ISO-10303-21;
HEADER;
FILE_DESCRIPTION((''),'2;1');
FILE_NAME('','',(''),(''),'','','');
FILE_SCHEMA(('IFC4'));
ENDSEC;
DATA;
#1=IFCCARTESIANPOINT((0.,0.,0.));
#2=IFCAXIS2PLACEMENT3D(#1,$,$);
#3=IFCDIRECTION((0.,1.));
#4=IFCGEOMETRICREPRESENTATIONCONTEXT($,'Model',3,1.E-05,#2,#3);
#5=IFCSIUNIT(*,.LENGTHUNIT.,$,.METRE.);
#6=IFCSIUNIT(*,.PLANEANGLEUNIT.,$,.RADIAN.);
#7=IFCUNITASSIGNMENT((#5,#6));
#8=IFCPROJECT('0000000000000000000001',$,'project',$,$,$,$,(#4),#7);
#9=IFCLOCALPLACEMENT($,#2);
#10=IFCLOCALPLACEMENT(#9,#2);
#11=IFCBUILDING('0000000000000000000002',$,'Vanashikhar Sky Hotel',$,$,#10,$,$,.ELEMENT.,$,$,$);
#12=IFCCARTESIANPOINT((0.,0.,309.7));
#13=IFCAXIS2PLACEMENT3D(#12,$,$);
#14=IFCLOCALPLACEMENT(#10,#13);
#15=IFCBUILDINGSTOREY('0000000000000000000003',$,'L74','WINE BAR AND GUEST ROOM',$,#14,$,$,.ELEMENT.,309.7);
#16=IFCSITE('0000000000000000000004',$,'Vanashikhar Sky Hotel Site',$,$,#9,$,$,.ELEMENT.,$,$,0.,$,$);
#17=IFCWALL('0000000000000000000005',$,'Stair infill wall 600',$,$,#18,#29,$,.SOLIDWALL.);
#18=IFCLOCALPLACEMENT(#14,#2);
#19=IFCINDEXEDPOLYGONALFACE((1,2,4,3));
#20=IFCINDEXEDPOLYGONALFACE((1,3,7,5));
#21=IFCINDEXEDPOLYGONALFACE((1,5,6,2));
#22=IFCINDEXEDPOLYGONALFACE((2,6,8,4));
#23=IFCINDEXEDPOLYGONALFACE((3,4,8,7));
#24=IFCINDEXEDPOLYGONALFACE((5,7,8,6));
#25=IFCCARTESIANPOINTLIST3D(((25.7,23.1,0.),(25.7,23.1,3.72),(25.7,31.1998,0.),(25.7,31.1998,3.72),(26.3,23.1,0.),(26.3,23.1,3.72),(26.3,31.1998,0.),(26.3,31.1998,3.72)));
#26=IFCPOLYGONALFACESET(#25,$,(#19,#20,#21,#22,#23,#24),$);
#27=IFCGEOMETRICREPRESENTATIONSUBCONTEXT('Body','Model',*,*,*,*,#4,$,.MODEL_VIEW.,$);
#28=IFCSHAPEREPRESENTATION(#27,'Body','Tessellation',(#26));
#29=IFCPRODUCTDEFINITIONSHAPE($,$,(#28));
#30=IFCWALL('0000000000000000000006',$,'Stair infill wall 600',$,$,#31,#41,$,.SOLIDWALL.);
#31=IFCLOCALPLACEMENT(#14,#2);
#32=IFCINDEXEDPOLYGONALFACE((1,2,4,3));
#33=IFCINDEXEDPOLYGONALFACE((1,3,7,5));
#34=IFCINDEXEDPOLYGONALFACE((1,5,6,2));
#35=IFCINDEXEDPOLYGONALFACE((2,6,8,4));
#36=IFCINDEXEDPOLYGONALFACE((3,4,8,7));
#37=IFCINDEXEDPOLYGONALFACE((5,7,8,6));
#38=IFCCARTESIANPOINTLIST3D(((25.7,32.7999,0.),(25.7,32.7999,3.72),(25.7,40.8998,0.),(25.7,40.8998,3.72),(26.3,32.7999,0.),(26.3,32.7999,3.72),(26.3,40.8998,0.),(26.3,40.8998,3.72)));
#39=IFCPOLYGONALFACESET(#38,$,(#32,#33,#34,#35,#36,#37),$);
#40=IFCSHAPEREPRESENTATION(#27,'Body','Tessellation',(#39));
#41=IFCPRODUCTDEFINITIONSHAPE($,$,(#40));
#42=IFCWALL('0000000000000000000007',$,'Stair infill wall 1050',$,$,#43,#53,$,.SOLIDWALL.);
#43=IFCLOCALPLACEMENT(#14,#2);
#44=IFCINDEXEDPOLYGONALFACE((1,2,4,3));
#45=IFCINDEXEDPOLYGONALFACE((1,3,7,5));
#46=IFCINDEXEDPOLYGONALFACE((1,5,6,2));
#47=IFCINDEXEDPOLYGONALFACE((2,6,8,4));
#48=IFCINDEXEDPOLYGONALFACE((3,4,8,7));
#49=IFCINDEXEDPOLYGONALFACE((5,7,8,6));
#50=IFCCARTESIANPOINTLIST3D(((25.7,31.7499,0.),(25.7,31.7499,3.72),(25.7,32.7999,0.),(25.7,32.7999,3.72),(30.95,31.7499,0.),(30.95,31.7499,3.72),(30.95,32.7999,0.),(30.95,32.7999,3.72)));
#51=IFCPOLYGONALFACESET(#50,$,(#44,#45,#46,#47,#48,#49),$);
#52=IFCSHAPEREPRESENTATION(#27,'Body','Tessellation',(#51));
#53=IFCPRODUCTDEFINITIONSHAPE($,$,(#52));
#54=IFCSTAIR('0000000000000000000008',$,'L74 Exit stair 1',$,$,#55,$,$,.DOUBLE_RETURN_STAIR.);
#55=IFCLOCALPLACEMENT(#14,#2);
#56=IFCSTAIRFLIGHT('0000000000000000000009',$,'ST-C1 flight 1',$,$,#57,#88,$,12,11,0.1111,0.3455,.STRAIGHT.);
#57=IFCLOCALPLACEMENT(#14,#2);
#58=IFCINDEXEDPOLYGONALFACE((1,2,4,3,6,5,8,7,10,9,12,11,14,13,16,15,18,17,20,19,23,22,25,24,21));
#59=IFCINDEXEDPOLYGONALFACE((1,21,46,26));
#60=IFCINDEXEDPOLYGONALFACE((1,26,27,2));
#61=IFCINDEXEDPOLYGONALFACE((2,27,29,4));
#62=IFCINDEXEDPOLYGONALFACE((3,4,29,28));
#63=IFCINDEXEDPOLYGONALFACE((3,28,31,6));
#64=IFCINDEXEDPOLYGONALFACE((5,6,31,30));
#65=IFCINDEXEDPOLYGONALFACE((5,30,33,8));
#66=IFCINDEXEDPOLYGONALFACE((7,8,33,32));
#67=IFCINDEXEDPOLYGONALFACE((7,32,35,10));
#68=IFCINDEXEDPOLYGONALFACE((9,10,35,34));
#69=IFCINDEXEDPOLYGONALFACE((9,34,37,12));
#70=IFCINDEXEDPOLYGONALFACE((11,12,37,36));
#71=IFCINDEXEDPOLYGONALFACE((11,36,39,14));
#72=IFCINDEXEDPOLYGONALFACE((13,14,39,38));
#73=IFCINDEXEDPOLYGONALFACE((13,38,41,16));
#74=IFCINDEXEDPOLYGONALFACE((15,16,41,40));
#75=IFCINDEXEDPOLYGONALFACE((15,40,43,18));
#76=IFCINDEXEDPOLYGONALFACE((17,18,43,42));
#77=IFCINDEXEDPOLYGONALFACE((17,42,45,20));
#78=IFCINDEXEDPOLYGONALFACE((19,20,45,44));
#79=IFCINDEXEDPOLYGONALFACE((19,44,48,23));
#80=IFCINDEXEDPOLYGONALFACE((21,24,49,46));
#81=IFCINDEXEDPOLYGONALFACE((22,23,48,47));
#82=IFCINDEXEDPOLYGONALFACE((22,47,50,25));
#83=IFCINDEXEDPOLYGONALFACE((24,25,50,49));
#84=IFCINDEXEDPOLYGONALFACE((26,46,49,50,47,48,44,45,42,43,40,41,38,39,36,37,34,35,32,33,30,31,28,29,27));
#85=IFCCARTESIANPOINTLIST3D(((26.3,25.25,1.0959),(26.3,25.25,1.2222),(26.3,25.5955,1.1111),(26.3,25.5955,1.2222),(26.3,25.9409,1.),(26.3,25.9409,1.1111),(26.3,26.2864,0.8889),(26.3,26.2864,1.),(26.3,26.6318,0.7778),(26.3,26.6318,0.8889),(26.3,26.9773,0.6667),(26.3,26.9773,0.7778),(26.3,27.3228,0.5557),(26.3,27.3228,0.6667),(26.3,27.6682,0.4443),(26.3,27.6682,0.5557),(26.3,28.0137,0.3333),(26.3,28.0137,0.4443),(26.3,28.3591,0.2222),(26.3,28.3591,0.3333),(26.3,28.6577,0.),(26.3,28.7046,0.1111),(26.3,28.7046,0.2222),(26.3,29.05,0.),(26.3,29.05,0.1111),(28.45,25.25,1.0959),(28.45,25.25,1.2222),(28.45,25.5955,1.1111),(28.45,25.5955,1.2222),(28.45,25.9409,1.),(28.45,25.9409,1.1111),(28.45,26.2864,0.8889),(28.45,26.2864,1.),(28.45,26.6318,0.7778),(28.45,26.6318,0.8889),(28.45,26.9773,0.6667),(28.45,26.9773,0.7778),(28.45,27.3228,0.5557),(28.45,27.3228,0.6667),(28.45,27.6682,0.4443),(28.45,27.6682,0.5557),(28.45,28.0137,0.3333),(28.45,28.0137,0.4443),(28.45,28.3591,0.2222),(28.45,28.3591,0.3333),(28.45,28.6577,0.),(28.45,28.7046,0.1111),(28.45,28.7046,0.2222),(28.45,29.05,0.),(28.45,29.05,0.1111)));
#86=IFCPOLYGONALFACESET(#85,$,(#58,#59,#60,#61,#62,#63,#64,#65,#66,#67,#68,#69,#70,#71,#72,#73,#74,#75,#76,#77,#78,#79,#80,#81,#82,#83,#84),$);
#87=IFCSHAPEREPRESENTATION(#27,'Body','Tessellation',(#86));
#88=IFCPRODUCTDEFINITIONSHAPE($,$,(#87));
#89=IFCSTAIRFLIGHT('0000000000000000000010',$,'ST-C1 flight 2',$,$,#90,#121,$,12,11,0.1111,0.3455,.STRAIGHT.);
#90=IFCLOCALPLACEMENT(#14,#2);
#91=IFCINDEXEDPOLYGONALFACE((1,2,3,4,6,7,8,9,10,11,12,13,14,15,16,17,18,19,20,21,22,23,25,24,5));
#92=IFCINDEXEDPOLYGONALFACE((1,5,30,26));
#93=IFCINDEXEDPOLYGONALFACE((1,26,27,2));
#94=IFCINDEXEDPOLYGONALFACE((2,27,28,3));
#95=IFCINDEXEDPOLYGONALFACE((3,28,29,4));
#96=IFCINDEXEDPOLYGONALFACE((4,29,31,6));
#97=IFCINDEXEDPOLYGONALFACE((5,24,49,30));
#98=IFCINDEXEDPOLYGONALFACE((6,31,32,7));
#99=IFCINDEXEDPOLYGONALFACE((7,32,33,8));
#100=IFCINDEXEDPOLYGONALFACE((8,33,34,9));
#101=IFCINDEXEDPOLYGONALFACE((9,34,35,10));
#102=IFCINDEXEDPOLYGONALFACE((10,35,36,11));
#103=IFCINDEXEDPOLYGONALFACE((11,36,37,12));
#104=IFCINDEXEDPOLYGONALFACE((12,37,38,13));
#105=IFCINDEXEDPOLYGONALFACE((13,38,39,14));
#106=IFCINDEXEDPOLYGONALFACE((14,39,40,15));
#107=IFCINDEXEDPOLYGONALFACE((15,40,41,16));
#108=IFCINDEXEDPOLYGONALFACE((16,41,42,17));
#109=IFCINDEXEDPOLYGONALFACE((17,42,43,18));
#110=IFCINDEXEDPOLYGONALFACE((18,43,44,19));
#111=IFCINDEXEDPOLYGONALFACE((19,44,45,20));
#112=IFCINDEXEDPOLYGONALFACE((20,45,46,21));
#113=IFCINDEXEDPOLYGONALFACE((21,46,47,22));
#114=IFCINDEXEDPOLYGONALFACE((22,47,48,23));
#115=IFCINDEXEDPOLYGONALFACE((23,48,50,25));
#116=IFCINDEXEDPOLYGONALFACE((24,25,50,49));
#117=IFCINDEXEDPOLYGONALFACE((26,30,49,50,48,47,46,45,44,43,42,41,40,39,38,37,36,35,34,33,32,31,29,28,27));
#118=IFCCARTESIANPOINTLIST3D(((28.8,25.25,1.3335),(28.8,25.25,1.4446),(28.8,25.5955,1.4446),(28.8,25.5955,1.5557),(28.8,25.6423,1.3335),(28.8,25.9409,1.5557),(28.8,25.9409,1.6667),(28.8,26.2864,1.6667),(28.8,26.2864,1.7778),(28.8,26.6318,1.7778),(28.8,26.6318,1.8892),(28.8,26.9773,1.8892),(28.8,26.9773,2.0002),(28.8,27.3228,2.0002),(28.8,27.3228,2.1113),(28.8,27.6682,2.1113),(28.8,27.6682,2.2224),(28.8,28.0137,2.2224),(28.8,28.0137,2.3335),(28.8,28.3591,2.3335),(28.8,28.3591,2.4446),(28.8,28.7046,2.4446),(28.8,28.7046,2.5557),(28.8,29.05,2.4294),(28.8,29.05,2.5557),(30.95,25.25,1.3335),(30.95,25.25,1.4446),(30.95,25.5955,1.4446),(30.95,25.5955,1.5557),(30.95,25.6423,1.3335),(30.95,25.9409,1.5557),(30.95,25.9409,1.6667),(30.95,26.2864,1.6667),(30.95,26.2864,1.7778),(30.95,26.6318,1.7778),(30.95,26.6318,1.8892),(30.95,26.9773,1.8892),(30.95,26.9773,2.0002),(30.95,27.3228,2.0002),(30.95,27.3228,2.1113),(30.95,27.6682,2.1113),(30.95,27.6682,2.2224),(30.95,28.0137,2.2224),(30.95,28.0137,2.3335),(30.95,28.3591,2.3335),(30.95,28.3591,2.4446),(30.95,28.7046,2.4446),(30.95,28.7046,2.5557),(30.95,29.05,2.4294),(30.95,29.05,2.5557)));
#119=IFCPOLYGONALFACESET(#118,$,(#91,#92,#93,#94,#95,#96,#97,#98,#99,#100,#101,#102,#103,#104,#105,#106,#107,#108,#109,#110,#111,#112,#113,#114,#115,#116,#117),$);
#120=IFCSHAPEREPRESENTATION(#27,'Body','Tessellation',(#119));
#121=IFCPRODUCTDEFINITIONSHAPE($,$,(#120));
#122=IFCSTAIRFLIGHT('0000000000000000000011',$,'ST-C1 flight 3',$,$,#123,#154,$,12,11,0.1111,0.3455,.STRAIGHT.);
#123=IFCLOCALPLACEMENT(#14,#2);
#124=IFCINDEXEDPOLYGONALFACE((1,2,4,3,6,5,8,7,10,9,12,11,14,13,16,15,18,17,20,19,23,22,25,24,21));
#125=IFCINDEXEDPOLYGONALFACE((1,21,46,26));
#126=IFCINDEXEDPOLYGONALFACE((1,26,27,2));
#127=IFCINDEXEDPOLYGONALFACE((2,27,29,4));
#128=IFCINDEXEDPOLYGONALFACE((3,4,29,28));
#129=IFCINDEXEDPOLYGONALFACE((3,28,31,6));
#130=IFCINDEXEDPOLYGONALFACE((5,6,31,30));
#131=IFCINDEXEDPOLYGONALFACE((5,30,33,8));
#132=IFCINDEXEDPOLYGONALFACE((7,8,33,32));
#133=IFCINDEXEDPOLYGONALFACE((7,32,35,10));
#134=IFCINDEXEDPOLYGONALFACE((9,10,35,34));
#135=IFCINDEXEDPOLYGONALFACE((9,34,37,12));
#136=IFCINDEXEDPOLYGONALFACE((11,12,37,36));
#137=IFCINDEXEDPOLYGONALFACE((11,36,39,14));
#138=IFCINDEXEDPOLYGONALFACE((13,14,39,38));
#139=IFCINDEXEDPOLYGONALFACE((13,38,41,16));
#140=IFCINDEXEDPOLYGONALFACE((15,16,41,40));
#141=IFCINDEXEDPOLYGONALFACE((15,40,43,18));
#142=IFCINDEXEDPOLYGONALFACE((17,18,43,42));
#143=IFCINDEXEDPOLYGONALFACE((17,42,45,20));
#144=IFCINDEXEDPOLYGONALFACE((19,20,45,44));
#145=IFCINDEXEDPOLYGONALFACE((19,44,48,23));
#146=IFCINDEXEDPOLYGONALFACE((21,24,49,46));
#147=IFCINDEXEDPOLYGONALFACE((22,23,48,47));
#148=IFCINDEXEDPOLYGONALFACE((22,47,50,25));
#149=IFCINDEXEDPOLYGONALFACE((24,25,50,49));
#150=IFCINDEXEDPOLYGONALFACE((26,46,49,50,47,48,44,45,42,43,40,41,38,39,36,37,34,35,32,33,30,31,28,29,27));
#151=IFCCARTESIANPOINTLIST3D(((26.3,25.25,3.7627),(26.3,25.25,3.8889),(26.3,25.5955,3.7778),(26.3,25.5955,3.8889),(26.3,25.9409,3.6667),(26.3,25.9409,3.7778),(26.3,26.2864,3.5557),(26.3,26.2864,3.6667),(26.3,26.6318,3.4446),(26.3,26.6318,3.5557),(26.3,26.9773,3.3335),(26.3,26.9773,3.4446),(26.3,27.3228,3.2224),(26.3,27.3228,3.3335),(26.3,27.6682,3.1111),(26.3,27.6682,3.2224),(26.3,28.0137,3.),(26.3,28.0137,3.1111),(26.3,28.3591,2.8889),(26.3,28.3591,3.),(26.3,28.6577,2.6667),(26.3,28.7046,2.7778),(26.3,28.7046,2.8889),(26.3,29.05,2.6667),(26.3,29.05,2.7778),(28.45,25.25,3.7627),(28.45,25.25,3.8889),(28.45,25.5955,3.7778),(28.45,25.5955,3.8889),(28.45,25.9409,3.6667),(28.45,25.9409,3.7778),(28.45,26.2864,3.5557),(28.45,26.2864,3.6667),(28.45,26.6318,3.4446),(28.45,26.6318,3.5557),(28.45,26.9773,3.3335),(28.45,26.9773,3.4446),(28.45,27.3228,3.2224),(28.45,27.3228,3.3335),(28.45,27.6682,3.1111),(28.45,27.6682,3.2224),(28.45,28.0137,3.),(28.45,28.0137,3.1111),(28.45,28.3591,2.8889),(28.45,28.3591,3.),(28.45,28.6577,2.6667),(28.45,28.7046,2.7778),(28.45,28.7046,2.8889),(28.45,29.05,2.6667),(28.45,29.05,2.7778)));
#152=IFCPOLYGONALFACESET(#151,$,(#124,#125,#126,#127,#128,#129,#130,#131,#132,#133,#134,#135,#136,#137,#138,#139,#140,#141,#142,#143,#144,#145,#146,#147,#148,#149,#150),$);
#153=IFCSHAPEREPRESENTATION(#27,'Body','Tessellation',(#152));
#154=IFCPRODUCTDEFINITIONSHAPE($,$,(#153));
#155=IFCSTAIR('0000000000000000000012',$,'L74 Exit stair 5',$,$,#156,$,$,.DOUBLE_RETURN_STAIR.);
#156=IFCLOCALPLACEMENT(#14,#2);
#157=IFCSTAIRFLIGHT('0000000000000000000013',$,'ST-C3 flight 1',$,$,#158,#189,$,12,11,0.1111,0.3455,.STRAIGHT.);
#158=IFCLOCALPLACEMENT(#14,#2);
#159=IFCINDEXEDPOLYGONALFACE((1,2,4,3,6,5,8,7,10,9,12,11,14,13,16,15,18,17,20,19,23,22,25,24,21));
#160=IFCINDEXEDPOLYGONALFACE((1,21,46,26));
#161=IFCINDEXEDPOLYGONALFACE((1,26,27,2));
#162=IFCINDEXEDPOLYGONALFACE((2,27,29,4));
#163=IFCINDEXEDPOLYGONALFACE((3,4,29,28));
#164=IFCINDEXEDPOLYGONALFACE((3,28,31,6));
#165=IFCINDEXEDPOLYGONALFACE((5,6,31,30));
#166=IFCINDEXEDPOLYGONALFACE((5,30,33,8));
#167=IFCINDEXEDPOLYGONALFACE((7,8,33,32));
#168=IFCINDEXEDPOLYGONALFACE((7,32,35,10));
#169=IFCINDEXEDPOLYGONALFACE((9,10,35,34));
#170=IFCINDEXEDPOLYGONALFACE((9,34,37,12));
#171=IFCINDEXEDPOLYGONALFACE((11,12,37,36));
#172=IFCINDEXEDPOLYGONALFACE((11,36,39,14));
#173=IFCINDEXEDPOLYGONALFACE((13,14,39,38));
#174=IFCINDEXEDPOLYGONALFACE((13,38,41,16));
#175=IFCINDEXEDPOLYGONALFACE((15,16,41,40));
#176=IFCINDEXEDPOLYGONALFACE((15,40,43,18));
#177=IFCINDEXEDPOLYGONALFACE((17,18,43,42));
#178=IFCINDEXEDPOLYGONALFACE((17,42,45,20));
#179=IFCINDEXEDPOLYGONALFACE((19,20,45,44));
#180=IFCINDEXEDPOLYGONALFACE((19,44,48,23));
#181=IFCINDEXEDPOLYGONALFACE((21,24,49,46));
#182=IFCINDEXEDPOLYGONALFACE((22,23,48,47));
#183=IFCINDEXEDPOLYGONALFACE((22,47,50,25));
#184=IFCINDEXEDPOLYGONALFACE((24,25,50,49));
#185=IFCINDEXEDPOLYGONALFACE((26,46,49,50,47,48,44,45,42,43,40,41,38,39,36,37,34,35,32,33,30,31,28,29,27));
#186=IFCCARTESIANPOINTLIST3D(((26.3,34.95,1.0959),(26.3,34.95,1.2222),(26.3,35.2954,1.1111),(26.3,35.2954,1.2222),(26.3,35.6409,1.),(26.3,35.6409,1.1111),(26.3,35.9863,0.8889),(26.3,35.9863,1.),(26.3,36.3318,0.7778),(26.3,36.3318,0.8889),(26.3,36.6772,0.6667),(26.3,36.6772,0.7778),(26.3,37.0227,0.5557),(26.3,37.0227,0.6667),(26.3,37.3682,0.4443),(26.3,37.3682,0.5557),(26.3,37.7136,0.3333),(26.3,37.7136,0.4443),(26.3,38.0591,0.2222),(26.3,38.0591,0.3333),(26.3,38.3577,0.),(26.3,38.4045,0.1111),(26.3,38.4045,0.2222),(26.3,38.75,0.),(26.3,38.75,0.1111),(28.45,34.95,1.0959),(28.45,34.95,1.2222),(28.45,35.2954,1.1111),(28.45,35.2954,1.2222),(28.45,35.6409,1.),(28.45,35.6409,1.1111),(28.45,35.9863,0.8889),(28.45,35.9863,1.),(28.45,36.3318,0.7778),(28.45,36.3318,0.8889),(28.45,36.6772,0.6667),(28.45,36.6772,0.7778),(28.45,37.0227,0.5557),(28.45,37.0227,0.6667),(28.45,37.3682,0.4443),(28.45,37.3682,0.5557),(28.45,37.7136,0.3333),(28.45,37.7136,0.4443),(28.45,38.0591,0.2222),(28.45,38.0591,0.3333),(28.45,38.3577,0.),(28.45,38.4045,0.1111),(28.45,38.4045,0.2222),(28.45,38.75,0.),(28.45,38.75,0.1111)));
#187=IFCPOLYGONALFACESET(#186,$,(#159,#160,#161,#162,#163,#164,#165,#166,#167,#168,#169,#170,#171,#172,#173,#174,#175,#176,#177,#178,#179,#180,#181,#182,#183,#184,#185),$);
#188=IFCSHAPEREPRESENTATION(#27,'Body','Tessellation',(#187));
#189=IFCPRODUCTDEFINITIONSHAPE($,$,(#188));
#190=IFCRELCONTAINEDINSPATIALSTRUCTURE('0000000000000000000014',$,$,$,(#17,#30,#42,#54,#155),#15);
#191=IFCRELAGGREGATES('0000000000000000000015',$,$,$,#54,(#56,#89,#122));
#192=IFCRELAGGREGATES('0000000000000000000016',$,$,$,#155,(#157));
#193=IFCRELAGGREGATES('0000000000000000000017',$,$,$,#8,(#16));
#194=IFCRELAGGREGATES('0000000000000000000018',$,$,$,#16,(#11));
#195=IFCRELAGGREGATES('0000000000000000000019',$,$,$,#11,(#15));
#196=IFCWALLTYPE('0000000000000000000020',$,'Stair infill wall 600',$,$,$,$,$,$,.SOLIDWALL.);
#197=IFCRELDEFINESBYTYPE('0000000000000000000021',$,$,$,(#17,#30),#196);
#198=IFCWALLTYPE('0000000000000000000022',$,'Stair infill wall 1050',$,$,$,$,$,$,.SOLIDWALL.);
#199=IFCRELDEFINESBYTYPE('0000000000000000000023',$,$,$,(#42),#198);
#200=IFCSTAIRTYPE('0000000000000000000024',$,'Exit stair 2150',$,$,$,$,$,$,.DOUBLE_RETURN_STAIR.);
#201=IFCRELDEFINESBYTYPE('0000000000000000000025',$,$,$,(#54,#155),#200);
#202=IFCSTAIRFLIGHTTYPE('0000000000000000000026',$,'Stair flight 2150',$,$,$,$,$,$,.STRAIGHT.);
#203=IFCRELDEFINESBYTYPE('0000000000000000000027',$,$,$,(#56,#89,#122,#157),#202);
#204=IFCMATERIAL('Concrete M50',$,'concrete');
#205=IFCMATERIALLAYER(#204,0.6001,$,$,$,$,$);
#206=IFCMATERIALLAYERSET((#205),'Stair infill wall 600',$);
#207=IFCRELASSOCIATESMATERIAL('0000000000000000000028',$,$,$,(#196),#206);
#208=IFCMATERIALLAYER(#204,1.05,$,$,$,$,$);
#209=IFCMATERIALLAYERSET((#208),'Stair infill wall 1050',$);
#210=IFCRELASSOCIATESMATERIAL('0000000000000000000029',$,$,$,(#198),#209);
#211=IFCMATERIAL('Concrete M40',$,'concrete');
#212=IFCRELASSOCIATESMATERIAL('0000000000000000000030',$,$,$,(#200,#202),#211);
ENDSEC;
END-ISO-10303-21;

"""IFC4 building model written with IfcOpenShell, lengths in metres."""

from ifc_helpers import new_model, si_unit, direction, frame, frame_2d, origin, place, context, subcontext, project, spatial, polyline, rectangle, outline, extrude, source, transform, mapped, material, layer, layer_set, type_object, element, aggregate, save


model = new_model("IFC4")

# Units and contexts
model_context = context("Model", 3, precision=1e-05, world=origin(), true_north=direction((0.0, 1.0)))
body_context = subcontext(model_context, "Body", "Model", "MODEL_VIEW")
ifc_project = project(units=[si_unit("LENGTHUNIT", "METRE"), si_unit("PLANEANGLEUNIT", "RADIAN")], contexts=[model_context])

# Site, building, storey
site_placement = place(None, origin())
site = spatial("IfcSite", under=ifc_project, at=site_placement, Name="Vanashikhar Sky Hotel Site", CompositionType="ELEMENT", RefElevation=0.0)
building_placement = place(site_placement, origin())
building = spatial("IfcBuilding", under=site, at=building_placement, Name="Vanashikhar Sky Hotel", CompositionType="ELEMENT")
storey_placement = place(building_placement, frame((0.0, 0.0, 309.7)))
storey = spatial("IfcBuildingStorey", under=building, at=storey_placement, Name="L74", Description="WINE BAR AND GUEST ROOM", CompositionType="ELEMENT", Elevation=309.7)

# Walls
ifc_material_1 = material(Name="Concrete M50", Category="concrete")
ifc_layer_1 = layer(ifc_material_1, 0.6001)
ifc_layer_set_1 = layer_set([ifc_layer_1], Name="Stair infill wall 600")
wall_type_1 = type_object("IfcWallType", Name="Stair infill wall 600", PredefinedType="SOLIDWALL", material=ifc_layer_set_1)
shared_shape_1 = source(origin(), body_context, "Body", "SweptSolid", [
    extrude(rectangle(XDim=8.0999, YDim=0.6001, at=frame_2d((4.0498, 0.0))), origin(), (0.0, 0.0, 1.0), 3.72),
])
for number, where, z_axis, x_axis, name in (
    (1, (26.0, 23.1001, 0.0), (0.0, 0.0, 1.0), (0.0, 1.0, 0.0), "Stair infill wall 600"),
    (2, (26.0, 32.8, 0.0), (0.0, 0.0, 1.0), (0.0, 1.0, 0.0), "Stair infill wall 600"),
):
    element("IfcWall", number, at=place(storey_placement, frame(where, z_axis=z_axis, x_axis=x_axis)), inside=storey, type_object=wall_type_1, Name=name, PredefinedType="SOLIDWALL", context=body_context, shape_type="MappedRepresentation", body=[
        mapped(shared_shape_1, transform((0.0, 0.0, 0.0), scale=1.0)),
    ])
ifc_layer_2 = layer(ifc_material_1, 1.05)
ifc_layer_set_2 = layer_set([ifc_layer_2], Name="Stair infill wall 1050")
wall_type_2 = type_object("IfcWallType", Name="Stair infill wall 1050", PredefinedType="SOLIDWALL", material=ifc_layer_set_2)
shared_shape_2 = source(origin(), body_context, "Body", "SweptSolid", [
    extrude(rectangle(XDim=5.25, YDim=1.05, at=frame_2d((2.625, 0.0))), origin(), (0.0, 0.0, 1.0), 3.72),
])
wall_placement = place(storey_placement, frame((25.7, 32.2749, 0.0), z_axis=(0.0, 0.0, 1.0), x_axis=(1.0, 0.0, 0.0)))
element("IfcWall", 3, at=wall_placement, inside=storey, type_object=wall_type_2, Name="Stair infill wall 1050", PredefinedType="SOLIDWALL", context=body_context, shape_type="MappedRepresentation", body=[
    mapped(shared_shape_2, transform((0.0, 0.0, 0.0), scale=1.0)),
])

# Stairs, stair flights
ifc_material_2 = material(Name="Concrete M40", Category="concrete")
stair_type = type_object("IfcStairType", Name="Exit stair 2150", PredefinedType="DOUBLE_RETURN_STAIR", material=ifc_material_2)
stair_1_placement = place(storey_placement, origin())
stair_1 = element("IfcStair", 4, at=stair_1_placement, inside=storey, type_object=stair_type, Name="L74 Exit stair 1", PredefinedType="DOUBLE_RETURN_STAIR")
stair_flight_type = type_object("IfcStairFlightType", Name="Stair flight 2150", PredefinedType="STRAIGHT", material=ifc_material_2)
shared_shape_3 = source(origin(), body_context, "Body", "SweptSolid", [
    extrude(outline(polyline([(0.0, 0.0), (0.0, 0.1111), (0.3455, 0.1111), (0.3455, 0.2222), (0.6909, 0.2222), (0.6909, 0.3333), (1.0364, 0.3333), (1.0364, 0.4443), (1.3818, 0.4443), (1.3818, 0.5557), (1.7273, 0.5557), (1.7273, 0.6667), (2.0728, 0.6667), (2.0728, 0.7778), (2.4182, 0.7778), (2.4182, 0.8889), (2.7637, 0.8889), (2.7637, 1.0), (3.1091, 1.0), (3.1091, 1.1111), (3.4546, 1.1111), (3.4546, 1.2222), (3.8, 1.2222), (3.8, 1.3333), (3.8, 1.0959), (0.3923, 0.0), (0.0, 0.0)])), frame((0.0, 1.075, 0.0), z_axis=(0.0, -1.0, 0.0), x_axis=(1.0, 0.0, 0.0)), (0.0, 0.0, 1.0), 2.1499),
])
stair_flight_1_placement = place(storey_placement, frame((27.375, 29.05, 0.0), z_axis=(0.0, 0.0, 1.0), x_axis=(0.0, -1.0, 0.0)))
stair_flight_1 = element("IfcStairFlight", 5, at=stair_flight_1_placement, type_object=stair_flight_type, Name="ST-C1 flight 1", NumberOfRisers=12, NumberOfTreads=11, PredefinedType="STRAIGHT", RiserHeight=0.1111, TreadLength=0.3455, context=body_context, shape_type="MappedRepresentation", body=[
    mapped(shared_shape_3, transform((0.0, 0.0, 0.0), scale=1.0)),
])
stair_flight_2_placement = place(storey_placement, frame((29.875, 25.25, 1.3335), z_axis=(0.0, 0.0, 1.0), x_axis=(0.0, 1.0, 0.0)))
stair_flight_2 = element("IfcStairFlight", 6, at=stair_flight_2_placement, type_object=stair_flight_type, Name="ST-C1 flight 2", NumberOfRisers=12, NumberOfTreads=11, PredefinedType="STRAIGHT", RiserHeight=0.1111, TreadLength=0.3455, context=body_context, shape_type="MappedRepresentation", body=[
    mapped(shared_shape_3, transform((0.0, 0.0, 0.0), scale=1.0)),
])
stair_flight_3_placement = place(storey_placement, frame((27.375, 29.05, 2.6667), z_axis=(0.0, 0.0, 1.0), x_axis=(0.0, -1.0, 0.0)))
stair_flight_3 = element("IfcStairFlight", 7, at=stair_flight_3_placement, type_object=stair_flight_type, Name="ST-C1 flight 3", NumberOfRisers=12, NumberOfTreads=11, PredefinedType="STRAIGHT", RiserHeight=0.1111, TreadLength=0.3455, context=body_context, shape_type="MappedRepresentation", body=[
    mapped(shared_shape_3, transform((0.0, 0.0, 0.0), scale=1.0)),
])
aggregate(stair_1, [stair_flight_1, stair_flight_2, stair_flight_3])
stair_2_placement = place(storey_placement, origin())
stair_2 = element("IfcStair", 8, at=stair_2_placement, inside=storey, type_object=stair_type, Name="L74 Exit stair 5", PredefinedType="DOUBLE_RETURN_STAIR")
stair_flight_4_placement = place(storey_placement, frame((27.375, 38.75, 0.0), z_axis=(0.0, 0.0, 1.0), x_axis=(0.0, -1.0, 0.0)))
stair_flight_4 = element("IfcStairFlight", 9, at=stair_flight_4_placement, type_object=stair_flight_type, Name="ST-C3 flight 1", NumberOfRisers=12, NumberOfTreads=11, PredefinedType="STRAIGHT", RiserHeight=0.1111, TreadLength=0.3455, context=body_context, shape_type="MappedRepresentation", body=[
    mapped(shared_shape_3, transform((0.0, 0.0, 0.0), scale=1.0)),
])
aggregate(stair_2, [stair_flight_4])

save(model, "model.ifc")
